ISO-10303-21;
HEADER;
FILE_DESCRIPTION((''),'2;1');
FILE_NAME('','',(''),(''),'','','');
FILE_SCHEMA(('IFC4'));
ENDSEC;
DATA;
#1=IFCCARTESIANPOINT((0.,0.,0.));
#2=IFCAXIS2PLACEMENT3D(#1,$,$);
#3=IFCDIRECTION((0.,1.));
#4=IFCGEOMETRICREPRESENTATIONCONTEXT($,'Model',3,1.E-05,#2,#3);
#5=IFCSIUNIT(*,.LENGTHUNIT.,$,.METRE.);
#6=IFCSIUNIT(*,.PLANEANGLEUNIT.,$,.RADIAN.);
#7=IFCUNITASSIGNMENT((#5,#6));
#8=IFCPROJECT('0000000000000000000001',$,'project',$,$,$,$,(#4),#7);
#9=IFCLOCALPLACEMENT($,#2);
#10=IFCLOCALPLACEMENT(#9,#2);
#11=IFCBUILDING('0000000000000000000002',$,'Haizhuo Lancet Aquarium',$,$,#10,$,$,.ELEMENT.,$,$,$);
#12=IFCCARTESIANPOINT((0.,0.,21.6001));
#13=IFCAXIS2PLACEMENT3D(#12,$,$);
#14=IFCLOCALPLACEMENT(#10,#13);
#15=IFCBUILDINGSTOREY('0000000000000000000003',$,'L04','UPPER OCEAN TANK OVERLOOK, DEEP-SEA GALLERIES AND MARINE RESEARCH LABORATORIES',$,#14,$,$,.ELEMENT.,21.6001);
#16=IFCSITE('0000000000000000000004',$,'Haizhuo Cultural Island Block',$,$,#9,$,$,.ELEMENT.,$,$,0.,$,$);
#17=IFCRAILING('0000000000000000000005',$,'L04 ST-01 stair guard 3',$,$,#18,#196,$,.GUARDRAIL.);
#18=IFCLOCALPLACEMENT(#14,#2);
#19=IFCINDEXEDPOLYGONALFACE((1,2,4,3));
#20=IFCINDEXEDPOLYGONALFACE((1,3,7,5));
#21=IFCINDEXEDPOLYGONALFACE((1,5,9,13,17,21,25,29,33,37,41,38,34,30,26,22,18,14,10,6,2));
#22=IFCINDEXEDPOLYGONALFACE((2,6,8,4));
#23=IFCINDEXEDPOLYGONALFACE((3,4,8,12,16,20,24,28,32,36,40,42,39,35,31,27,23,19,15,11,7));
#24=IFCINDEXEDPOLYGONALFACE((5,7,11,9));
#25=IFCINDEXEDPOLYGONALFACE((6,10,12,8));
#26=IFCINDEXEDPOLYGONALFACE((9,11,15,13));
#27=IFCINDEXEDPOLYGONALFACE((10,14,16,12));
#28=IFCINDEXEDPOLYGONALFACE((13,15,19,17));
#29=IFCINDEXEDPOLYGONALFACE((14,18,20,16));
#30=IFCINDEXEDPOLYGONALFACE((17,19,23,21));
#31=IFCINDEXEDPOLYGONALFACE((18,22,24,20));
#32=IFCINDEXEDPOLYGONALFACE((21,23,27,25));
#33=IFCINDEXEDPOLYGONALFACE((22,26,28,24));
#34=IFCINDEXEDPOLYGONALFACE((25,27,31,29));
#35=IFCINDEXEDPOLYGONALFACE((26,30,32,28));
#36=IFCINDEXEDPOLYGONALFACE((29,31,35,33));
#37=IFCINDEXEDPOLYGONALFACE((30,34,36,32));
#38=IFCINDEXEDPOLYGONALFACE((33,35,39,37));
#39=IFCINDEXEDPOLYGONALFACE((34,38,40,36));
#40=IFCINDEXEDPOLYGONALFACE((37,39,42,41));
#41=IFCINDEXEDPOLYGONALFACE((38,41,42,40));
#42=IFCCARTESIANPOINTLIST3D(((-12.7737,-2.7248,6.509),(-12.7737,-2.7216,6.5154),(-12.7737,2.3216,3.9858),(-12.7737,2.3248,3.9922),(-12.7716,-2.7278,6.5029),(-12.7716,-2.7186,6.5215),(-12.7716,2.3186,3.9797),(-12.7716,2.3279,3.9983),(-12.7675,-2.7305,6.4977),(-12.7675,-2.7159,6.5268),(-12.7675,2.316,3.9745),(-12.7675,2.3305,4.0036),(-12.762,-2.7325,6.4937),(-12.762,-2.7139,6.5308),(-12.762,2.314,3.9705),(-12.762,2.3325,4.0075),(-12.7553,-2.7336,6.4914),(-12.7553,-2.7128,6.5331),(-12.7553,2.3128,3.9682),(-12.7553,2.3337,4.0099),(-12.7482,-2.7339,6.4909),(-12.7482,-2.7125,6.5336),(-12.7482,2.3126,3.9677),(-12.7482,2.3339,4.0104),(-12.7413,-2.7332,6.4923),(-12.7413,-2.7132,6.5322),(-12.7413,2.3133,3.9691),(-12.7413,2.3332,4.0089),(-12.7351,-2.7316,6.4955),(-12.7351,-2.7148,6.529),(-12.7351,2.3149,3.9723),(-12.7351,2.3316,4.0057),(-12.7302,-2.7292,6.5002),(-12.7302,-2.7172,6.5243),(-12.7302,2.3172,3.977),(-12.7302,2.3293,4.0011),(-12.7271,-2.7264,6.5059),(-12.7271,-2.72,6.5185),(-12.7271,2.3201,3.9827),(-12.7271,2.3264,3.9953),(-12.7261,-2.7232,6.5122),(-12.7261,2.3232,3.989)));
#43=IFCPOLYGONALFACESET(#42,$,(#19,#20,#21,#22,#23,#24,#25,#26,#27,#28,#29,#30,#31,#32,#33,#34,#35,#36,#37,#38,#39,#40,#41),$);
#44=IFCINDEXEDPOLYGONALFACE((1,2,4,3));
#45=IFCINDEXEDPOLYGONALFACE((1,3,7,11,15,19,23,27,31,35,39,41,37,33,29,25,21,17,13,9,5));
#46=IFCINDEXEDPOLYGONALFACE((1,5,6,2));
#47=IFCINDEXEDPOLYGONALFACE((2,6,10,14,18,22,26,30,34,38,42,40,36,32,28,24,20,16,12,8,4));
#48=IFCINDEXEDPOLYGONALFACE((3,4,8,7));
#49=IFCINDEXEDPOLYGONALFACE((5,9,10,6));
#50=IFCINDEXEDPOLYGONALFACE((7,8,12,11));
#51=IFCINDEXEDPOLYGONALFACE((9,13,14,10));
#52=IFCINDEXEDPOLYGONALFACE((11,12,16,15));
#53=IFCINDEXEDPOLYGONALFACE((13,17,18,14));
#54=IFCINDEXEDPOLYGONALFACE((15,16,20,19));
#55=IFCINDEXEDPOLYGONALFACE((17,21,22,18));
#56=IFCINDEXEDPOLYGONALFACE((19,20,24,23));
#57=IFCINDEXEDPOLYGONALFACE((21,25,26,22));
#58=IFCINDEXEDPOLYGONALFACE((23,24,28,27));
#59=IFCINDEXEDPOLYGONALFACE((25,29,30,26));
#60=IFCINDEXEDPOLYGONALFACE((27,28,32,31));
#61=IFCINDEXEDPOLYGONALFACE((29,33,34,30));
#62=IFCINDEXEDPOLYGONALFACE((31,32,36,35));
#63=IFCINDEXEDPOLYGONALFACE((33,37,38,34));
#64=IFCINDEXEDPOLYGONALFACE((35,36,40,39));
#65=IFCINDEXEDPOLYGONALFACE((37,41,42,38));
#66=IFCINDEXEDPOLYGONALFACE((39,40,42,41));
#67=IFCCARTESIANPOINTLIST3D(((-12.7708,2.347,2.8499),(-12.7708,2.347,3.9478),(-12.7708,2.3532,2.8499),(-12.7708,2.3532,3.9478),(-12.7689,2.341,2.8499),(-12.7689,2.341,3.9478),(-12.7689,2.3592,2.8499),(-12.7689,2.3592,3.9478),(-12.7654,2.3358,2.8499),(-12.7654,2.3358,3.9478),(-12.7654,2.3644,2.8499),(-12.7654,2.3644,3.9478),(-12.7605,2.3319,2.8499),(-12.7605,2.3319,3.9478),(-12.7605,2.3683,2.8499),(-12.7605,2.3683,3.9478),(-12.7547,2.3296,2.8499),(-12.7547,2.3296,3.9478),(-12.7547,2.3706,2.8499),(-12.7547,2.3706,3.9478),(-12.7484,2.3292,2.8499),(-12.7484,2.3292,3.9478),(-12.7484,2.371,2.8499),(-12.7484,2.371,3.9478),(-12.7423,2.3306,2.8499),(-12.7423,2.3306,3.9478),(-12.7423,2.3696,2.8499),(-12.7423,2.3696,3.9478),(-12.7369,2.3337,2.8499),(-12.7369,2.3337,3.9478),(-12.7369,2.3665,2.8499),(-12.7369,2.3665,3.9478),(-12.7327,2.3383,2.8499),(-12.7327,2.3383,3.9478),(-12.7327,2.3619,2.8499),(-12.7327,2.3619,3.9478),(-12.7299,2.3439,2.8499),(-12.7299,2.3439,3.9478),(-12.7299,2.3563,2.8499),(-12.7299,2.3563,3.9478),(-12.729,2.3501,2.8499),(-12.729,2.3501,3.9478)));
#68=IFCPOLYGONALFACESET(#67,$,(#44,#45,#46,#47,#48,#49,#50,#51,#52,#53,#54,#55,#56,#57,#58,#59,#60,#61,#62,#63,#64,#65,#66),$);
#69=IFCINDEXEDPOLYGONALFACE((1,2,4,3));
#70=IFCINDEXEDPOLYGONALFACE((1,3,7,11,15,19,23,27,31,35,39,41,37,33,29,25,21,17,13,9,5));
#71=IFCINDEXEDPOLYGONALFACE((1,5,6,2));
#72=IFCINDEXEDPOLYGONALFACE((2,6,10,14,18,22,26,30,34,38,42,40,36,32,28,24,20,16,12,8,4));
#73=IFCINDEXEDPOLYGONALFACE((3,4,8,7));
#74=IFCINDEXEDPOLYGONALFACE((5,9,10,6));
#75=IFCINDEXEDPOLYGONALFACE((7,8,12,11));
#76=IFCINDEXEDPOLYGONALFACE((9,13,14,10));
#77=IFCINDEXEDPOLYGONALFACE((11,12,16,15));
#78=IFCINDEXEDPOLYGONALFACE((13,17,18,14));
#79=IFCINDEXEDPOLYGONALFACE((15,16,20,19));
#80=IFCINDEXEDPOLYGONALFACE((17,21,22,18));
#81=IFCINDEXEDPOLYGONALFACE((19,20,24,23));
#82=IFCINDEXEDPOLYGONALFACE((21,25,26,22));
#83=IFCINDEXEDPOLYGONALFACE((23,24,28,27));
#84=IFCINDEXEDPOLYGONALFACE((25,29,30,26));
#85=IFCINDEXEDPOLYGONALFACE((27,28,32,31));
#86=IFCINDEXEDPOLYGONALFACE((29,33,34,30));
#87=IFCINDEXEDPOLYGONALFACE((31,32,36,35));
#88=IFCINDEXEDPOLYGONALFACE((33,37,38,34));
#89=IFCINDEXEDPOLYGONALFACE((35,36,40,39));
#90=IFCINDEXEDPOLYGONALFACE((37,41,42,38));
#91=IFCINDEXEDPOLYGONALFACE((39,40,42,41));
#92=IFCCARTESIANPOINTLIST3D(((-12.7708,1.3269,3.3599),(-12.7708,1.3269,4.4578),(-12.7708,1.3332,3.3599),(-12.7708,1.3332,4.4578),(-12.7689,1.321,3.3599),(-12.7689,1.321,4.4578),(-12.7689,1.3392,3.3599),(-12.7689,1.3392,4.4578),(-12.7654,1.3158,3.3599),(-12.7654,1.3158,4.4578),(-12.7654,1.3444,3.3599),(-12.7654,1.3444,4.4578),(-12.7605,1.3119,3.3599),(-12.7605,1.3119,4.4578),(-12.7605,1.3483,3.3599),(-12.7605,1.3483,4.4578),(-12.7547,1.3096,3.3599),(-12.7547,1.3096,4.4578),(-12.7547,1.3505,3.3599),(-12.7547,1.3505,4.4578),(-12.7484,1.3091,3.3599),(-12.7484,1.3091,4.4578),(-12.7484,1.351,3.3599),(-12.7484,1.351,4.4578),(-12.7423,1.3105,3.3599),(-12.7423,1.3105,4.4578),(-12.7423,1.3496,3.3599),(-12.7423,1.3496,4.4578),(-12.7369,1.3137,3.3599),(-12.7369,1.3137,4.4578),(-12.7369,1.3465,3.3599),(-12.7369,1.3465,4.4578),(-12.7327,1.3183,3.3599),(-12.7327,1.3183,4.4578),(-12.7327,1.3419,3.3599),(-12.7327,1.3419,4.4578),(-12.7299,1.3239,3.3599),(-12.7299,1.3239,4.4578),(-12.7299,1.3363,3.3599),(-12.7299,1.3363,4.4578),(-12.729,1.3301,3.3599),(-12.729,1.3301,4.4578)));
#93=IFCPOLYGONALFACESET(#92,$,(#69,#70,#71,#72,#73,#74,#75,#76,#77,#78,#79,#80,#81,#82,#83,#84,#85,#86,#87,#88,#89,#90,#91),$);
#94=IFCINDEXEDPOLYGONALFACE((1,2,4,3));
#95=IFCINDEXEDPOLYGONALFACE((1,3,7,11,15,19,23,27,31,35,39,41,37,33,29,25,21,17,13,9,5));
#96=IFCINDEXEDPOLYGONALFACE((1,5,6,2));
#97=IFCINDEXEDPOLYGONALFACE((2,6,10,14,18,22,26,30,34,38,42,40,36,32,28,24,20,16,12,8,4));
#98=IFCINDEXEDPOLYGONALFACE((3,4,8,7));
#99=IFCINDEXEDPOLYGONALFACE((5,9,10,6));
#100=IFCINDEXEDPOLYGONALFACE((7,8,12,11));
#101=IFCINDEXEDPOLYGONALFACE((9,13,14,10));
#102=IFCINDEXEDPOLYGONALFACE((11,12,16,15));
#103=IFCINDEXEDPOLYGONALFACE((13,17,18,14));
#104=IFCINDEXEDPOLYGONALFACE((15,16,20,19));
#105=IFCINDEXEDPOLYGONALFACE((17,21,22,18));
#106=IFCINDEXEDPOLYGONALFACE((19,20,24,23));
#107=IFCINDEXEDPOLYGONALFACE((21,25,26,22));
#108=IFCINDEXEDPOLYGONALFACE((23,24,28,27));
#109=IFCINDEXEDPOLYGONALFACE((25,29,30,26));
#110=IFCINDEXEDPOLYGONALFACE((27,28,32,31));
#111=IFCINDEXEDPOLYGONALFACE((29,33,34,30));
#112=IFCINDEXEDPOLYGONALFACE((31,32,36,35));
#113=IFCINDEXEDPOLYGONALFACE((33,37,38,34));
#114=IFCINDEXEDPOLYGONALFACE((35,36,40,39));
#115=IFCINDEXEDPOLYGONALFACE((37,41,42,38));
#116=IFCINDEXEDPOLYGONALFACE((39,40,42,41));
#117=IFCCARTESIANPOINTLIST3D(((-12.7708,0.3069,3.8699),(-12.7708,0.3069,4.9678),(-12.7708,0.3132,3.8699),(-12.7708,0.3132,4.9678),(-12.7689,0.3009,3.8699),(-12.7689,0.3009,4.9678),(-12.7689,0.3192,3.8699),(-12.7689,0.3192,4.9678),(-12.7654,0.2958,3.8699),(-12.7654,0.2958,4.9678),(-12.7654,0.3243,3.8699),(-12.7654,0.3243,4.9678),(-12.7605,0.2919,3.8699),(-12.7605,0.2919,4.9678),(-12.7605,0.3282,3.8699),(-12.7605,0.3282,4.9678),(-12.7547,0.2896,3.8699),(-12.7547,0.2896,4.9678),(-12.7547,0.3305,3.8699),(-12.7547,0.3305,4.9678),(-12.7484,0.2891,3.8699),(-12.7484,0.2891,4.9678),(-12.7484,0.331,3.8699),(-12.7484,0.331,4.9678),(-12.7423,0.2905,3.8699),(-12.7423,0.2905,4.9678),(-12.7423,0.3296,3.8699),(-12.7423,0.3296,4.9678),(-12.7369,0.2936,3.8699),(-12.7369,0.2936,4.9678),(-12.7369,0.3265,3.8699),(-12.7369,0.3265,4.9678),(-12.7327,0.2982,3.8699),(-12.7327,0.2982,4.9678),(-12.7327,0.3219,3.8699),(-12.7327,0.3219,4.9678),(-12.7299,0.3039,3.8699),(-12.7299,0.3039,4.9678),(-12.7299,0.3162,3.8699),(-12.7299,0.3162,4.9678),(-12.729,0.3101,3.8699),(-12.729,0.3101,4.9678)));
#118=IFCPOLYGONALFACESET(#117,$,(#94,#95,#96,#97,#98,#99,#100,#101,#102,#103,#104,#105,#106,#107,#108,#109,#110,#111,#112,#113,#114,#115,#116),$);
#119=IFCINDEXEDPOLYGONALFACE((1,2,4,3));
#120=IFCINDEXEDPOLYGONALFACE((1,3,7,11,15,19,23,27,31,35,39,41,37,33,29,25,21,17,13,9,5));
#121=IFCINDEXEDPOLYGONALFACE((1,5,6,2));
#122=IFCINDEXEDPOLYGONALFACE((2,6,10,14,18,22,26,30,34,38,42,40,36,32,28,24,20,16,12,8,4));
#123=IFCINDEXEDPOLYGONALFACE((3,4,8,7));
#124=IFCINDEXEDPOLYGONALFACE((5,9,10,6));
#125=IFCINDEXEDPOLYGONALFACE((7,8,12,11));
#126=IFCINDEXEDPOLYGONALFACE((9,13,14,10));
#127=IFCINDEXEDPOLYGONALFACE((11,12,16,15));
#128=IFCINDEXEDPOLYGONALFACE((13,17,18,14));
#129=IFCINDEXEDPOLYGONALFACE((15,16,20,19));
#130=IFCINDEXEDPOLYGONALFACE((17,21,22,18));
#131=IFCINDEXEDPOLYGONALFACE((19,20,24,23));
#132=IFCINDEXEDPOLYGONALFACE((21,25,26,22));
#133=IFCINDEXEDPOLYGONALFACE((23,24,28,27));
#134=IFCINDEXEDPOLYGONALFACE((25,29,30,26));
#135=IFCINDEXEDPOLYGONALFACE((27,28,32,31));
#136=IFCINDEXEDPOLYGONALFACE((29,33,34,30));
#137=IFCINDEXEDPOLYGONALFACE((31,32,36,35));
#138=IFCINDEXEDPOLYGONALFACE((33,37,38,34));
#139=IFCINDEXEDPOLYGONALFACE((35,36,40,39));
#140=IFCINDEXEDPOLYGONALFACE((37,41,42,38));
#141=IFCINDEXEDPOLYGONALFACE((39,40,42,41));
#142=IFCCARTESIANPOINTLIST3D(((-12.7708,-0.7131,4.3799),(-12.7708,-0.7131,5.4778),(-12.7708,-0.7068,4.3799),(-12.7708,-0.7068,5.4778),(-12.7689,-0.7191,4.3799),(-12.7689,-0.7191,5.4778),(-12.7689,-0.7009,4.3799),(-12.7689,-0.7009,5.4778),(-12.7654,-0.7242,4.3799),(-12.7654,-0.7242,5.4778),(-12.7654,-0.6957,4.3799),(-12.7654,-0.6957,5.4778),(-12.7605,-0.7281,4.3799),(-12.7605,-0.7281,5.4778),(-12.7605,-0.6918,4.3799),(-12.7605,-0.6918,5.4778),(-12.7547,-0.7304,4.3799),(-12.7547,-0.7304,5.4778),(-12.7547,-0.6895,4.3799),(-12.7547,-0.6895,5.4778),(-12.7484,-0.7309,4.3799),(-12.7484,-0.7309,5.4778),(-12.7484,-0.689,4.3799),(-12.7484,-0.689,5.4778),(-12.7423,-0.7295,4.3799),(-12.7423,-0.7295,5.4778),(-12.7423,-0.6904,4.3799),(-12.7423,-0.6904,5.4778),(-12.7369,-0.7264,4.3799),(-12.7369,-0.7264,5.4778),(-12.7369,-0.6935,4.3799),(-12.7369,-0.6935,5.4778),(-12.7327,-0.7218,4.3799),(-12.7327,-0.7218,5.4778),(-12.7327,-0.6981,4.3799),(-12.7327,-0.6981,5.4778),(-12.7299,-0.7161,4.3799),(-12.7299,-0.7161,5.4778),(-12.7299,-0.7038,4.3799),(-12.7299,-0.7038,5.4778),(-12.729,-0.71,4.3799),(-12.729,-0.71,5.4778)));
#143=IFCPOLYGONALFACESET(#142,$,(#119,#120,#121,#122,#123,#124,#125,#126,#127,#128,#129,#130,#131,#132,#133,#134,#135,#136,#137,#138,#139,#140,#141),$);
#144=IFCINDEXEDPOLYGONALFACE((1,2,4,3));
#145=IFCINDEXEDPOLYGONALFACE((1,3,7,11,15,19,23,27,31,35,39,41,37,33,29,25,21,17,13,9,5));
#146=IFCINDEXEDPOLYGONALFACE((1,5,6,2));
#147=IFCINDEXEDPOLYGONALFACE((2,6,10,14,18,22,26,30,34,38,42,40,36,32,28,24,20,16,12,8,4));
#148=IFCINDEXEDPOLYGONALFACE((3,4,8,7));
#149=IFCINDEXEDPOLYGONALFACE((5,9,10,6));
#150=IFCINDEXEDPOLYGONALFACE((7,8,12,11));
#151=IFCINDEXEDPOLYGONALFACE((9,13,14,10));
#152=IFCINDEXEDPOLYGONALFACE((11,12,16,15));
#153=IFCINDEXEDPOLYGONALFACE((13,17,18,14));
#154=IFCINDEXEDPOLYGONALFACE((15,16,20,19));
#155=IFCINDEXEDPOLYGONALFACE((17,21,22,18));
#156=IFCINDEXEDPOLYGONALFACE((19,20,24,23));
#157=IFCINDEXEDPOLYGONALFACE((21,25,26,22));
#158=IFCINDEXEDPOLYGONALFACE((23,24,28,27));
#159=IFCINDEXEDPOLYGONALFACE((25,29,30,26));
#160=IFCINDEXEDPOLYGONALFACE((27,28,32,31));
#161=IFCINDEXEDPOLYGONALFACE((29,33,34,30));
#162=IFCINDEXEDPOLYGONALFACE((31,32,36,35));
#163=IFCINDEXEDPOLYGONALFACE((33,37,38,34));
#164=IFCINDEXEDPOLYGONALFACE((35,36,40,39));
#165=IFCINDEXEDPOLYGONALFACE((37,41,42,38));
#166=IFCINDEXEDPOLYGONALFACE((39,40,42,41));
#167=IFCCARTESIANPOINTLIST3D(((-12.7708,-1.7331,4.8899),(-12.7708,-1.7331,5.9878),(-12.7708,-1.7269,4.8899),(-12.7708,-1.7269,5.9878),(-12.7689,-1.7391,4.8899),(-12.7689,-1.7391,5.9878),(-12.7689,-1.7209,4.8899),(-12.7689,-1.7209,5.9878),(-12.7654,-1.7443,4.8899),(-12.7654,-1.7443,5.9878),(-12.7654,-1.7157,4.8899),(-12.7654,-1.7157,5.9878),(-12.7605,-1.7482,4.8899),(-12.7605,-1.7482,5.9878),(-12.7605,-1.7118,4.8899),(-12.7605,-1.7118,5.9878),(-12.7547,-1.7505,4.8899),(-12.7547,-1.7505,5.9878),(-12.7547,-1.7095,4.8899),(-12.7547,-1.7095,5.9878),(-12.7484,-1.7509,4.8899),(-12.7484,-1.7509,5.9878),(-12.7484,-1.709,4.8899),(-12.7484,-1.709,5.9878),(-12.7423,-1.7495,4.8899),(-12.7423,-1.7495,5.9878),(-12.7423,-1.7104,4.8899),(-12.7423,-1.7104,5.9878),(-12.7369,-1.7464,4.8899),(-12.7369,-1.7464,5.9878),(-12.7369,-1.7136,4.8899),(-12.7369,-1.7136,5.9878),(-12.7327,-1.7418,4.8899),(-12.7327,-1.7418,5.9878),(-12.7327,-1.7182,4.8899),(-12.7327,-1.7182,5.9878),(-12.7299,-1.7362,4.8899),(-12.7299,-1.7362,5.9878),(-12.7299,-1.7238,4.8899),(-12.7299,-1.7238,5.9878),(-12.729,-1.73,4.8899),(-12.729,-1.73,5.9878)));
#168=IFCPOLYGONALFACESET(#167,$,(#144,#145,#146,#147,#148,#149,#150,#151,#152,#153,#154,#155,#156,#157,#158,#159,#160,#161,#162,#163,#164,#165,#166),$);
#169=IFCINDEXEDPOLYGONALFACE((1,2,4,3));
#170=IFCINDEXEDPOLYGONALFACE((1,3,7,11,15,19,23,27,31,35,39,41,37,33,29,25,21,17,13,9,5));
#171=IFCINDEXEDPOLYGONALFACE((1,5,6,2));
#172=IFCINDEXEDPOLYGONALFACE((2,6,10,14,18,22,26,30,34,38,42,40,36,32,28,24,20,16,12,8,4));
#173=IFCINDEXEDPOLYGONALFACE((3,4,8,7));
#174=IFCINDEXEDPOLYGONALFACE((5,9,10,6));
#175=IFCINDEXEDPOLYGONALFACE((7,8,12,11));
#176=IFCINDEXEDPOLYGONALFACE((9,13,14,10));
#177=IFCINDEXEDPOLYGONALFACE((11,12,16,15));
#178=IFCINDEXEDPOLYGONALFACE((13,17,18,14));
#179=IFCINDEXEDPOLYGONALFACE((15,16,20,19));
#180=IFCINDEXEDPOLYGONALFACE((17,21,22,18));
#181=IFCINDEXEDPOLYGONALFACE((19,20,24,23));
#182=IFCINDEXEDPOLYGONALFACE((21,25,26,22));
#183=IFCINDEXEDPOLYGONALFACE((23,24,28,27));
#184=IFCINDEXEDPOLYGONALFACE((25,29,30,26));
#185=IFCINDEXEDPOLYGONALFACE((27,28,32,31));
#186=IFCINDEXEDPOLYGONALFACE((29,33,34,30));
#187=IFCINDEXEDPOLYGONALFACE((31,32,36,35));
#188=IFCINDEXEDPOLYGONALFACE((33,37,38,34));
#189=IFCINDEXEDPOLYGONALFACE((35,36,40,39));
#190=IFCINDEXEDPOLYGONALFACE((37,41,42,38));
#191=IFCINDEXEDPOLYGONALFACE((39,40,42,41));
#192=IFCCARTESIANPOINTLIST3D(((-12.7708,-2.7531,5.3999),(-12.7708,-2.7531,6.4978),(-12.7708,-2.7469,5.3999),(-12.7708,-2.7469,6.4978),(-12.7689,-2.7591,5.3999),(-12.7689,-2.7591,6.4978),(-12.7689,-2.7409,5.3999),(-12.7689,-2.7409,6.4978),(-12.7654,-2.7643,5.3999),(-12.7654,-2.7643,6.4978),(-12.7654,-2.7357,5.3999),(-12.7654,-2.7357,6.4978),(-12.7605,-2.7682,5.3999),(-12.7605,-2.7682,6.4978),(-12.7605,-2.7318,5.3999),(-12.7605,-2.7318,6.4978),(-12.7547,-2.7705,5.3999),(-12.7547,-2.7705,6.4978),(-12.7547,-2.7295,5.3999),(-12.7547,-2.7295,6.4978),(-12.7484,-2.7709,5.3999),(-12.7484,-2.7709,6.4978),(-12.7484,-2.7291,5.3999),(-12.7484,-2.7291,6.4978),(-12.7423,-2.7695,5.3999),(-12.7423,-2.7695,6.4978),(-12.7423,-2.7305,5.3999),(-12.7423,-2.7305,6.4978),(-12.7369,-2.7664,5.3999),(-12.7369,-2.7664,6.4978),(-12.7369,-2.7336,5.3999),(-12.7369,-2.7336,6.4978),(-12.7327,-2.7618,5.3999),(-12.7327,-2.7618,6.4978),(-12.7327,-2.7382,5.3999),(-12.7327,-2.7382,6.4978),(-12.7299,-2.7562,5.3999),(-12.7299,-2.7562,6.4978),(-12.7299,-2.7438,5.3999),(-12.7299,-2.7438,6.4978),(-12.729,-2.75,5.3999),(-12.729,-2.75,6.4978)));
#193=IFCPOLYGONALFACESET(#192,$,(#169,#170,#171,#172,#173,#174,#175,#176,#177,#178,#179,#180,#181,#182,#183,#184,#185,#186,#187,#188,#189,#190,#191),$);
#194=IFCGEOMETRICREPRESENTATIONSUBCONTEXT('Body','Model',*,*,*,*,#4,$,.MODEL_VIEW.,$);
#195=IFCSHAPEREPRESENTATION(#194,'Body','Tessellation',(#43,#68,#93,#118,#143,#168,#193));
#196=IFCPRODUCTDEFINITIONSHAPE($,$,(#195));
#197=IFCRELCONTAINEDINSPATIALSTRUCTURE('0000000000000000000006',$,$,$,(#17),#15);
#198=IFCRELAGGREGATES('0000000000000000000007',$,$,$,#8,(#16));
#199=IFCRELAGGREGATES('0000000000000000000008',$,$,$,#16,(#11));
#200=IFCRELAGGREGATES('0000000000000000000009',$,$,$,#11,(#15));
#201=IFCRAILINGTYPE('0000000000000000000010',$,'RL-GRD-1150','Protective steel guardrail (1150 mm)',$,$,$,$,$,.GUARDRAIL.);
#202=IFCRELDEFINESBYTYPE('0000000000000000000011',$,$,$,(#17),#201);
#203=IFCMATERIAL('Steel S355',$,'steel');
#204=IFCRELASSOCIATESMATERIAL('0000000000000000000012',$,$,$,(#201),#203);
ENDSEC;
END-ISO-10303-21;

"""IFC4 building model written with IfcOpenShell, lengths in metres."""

from ifc_helpers import new_model, si_unit, direction, frame, origin, origin_2d, place, context, subcontext, project, spatial, circle, extrude, material, type_object, element, save


model = new_model("IFC4")

# Units and contexts
model_context = context("Model", 3, precision=1e-05, world=origin(), true_north=direction((0.0, 1.0)))
body_context = subcontext(model_context, "Body", "Model", "MODEL_VIEW")
ifc_project = project(units=[si_unit("LENGTHUNIT", "METRE"), si_unit("PLANEANGLEUNIT", "RADIAN")], contexts=[model_context])

# Site, building, storey
site_placement = place(None, origin())
site = spatial("IfcSite", under=ifc_project, at=site_placement, Name="Haizhuo Cultural Island Block", CompositionType="ELEMENT", RefElevation=0.0)
building_placement = place(site_placement, origin())
building = spatial("IfcBuilding", under=site, at=building_placement, Name="Haizhuo Lancet Aquarium", CompositionType="ELEMENT")
storey_placement = place(building_placement, frame((0.0, 0.0, 21.6001)))
storey = spatial("IfcBuildingStorey", under=building, at=storey_placement, Name="L04", Description="UPPER OCEAN TANK OVERLOOK, DEEP-SEA GALLERIES AND MARINE RESEARCH LABORATORIES", CompositionType="ELEMENT", Elevation=21.6001)

# Shared definitions
ifc_material_1 = material(Name="Steel S355", Category="steel")

# Railing
railing_type_1 = type_object("IfcRailingType", Name="RL-GRD-1150", Description="Protective steel guardrail (1150 mm)", PredefinedType="GUARDRAIL", material=ifc_material_1)
railing_1_placement = place(storey_placement, frame((-12.75, 2.3501, 2.8499)))
element("IfcRailing", 1, at=railing_1_placement, inside=storey, type_object=railing_type_1, Name="L04 ST-01 stair guard 3", PredefinedType="GUARDRAIL", context=body_context, shape_type="SweptSolid", body=[
    extrude(circle(Radius=0.0239, at=origin_2d()), frame((0.0, -0.0269, 1.1392), z_axis=(0.0, -0.894427, 0.447214), x_axis=(1.0, 0.0, 0.0)), (0.0, 0.0, 1.0), 5.6421),
    extrude(circle(Radius=0.021, at=origin_2d()), origin(), (0.0, 0.0, 1.0), 1.0979),
    extrude(circle(Radius=0.021, at=origin_2d()), frame((0.0, -1.02, 0.51)), (0.0, 0.0, 1.0), 1.0979),
    extrude(circle(Radius=0.021, at=origin_2d()), frame((0.0, -2.04, 1.02)), (0.0, 0.0, 1.0), 1.0979),
    extrude(circle(Radius=0.021, at=origin_2d()), frame((0.0, -3.0601, 1.53)), (0.0, 0.0, 1.0), 1.0979),
    extrude(circle(Radius=0.021, at=origin_2d()), frame((0.0, -4.0801, 2.04)), (0.0, 0.0, 1.0), 1.0979),
    extrude(circle(Radius=0.021, at=origin_2d()), frame((0.0, -5.1001, 2.55)), (0.0, 0.0, 1.0), 1.0979),
])

save(model, "model.ifc")
